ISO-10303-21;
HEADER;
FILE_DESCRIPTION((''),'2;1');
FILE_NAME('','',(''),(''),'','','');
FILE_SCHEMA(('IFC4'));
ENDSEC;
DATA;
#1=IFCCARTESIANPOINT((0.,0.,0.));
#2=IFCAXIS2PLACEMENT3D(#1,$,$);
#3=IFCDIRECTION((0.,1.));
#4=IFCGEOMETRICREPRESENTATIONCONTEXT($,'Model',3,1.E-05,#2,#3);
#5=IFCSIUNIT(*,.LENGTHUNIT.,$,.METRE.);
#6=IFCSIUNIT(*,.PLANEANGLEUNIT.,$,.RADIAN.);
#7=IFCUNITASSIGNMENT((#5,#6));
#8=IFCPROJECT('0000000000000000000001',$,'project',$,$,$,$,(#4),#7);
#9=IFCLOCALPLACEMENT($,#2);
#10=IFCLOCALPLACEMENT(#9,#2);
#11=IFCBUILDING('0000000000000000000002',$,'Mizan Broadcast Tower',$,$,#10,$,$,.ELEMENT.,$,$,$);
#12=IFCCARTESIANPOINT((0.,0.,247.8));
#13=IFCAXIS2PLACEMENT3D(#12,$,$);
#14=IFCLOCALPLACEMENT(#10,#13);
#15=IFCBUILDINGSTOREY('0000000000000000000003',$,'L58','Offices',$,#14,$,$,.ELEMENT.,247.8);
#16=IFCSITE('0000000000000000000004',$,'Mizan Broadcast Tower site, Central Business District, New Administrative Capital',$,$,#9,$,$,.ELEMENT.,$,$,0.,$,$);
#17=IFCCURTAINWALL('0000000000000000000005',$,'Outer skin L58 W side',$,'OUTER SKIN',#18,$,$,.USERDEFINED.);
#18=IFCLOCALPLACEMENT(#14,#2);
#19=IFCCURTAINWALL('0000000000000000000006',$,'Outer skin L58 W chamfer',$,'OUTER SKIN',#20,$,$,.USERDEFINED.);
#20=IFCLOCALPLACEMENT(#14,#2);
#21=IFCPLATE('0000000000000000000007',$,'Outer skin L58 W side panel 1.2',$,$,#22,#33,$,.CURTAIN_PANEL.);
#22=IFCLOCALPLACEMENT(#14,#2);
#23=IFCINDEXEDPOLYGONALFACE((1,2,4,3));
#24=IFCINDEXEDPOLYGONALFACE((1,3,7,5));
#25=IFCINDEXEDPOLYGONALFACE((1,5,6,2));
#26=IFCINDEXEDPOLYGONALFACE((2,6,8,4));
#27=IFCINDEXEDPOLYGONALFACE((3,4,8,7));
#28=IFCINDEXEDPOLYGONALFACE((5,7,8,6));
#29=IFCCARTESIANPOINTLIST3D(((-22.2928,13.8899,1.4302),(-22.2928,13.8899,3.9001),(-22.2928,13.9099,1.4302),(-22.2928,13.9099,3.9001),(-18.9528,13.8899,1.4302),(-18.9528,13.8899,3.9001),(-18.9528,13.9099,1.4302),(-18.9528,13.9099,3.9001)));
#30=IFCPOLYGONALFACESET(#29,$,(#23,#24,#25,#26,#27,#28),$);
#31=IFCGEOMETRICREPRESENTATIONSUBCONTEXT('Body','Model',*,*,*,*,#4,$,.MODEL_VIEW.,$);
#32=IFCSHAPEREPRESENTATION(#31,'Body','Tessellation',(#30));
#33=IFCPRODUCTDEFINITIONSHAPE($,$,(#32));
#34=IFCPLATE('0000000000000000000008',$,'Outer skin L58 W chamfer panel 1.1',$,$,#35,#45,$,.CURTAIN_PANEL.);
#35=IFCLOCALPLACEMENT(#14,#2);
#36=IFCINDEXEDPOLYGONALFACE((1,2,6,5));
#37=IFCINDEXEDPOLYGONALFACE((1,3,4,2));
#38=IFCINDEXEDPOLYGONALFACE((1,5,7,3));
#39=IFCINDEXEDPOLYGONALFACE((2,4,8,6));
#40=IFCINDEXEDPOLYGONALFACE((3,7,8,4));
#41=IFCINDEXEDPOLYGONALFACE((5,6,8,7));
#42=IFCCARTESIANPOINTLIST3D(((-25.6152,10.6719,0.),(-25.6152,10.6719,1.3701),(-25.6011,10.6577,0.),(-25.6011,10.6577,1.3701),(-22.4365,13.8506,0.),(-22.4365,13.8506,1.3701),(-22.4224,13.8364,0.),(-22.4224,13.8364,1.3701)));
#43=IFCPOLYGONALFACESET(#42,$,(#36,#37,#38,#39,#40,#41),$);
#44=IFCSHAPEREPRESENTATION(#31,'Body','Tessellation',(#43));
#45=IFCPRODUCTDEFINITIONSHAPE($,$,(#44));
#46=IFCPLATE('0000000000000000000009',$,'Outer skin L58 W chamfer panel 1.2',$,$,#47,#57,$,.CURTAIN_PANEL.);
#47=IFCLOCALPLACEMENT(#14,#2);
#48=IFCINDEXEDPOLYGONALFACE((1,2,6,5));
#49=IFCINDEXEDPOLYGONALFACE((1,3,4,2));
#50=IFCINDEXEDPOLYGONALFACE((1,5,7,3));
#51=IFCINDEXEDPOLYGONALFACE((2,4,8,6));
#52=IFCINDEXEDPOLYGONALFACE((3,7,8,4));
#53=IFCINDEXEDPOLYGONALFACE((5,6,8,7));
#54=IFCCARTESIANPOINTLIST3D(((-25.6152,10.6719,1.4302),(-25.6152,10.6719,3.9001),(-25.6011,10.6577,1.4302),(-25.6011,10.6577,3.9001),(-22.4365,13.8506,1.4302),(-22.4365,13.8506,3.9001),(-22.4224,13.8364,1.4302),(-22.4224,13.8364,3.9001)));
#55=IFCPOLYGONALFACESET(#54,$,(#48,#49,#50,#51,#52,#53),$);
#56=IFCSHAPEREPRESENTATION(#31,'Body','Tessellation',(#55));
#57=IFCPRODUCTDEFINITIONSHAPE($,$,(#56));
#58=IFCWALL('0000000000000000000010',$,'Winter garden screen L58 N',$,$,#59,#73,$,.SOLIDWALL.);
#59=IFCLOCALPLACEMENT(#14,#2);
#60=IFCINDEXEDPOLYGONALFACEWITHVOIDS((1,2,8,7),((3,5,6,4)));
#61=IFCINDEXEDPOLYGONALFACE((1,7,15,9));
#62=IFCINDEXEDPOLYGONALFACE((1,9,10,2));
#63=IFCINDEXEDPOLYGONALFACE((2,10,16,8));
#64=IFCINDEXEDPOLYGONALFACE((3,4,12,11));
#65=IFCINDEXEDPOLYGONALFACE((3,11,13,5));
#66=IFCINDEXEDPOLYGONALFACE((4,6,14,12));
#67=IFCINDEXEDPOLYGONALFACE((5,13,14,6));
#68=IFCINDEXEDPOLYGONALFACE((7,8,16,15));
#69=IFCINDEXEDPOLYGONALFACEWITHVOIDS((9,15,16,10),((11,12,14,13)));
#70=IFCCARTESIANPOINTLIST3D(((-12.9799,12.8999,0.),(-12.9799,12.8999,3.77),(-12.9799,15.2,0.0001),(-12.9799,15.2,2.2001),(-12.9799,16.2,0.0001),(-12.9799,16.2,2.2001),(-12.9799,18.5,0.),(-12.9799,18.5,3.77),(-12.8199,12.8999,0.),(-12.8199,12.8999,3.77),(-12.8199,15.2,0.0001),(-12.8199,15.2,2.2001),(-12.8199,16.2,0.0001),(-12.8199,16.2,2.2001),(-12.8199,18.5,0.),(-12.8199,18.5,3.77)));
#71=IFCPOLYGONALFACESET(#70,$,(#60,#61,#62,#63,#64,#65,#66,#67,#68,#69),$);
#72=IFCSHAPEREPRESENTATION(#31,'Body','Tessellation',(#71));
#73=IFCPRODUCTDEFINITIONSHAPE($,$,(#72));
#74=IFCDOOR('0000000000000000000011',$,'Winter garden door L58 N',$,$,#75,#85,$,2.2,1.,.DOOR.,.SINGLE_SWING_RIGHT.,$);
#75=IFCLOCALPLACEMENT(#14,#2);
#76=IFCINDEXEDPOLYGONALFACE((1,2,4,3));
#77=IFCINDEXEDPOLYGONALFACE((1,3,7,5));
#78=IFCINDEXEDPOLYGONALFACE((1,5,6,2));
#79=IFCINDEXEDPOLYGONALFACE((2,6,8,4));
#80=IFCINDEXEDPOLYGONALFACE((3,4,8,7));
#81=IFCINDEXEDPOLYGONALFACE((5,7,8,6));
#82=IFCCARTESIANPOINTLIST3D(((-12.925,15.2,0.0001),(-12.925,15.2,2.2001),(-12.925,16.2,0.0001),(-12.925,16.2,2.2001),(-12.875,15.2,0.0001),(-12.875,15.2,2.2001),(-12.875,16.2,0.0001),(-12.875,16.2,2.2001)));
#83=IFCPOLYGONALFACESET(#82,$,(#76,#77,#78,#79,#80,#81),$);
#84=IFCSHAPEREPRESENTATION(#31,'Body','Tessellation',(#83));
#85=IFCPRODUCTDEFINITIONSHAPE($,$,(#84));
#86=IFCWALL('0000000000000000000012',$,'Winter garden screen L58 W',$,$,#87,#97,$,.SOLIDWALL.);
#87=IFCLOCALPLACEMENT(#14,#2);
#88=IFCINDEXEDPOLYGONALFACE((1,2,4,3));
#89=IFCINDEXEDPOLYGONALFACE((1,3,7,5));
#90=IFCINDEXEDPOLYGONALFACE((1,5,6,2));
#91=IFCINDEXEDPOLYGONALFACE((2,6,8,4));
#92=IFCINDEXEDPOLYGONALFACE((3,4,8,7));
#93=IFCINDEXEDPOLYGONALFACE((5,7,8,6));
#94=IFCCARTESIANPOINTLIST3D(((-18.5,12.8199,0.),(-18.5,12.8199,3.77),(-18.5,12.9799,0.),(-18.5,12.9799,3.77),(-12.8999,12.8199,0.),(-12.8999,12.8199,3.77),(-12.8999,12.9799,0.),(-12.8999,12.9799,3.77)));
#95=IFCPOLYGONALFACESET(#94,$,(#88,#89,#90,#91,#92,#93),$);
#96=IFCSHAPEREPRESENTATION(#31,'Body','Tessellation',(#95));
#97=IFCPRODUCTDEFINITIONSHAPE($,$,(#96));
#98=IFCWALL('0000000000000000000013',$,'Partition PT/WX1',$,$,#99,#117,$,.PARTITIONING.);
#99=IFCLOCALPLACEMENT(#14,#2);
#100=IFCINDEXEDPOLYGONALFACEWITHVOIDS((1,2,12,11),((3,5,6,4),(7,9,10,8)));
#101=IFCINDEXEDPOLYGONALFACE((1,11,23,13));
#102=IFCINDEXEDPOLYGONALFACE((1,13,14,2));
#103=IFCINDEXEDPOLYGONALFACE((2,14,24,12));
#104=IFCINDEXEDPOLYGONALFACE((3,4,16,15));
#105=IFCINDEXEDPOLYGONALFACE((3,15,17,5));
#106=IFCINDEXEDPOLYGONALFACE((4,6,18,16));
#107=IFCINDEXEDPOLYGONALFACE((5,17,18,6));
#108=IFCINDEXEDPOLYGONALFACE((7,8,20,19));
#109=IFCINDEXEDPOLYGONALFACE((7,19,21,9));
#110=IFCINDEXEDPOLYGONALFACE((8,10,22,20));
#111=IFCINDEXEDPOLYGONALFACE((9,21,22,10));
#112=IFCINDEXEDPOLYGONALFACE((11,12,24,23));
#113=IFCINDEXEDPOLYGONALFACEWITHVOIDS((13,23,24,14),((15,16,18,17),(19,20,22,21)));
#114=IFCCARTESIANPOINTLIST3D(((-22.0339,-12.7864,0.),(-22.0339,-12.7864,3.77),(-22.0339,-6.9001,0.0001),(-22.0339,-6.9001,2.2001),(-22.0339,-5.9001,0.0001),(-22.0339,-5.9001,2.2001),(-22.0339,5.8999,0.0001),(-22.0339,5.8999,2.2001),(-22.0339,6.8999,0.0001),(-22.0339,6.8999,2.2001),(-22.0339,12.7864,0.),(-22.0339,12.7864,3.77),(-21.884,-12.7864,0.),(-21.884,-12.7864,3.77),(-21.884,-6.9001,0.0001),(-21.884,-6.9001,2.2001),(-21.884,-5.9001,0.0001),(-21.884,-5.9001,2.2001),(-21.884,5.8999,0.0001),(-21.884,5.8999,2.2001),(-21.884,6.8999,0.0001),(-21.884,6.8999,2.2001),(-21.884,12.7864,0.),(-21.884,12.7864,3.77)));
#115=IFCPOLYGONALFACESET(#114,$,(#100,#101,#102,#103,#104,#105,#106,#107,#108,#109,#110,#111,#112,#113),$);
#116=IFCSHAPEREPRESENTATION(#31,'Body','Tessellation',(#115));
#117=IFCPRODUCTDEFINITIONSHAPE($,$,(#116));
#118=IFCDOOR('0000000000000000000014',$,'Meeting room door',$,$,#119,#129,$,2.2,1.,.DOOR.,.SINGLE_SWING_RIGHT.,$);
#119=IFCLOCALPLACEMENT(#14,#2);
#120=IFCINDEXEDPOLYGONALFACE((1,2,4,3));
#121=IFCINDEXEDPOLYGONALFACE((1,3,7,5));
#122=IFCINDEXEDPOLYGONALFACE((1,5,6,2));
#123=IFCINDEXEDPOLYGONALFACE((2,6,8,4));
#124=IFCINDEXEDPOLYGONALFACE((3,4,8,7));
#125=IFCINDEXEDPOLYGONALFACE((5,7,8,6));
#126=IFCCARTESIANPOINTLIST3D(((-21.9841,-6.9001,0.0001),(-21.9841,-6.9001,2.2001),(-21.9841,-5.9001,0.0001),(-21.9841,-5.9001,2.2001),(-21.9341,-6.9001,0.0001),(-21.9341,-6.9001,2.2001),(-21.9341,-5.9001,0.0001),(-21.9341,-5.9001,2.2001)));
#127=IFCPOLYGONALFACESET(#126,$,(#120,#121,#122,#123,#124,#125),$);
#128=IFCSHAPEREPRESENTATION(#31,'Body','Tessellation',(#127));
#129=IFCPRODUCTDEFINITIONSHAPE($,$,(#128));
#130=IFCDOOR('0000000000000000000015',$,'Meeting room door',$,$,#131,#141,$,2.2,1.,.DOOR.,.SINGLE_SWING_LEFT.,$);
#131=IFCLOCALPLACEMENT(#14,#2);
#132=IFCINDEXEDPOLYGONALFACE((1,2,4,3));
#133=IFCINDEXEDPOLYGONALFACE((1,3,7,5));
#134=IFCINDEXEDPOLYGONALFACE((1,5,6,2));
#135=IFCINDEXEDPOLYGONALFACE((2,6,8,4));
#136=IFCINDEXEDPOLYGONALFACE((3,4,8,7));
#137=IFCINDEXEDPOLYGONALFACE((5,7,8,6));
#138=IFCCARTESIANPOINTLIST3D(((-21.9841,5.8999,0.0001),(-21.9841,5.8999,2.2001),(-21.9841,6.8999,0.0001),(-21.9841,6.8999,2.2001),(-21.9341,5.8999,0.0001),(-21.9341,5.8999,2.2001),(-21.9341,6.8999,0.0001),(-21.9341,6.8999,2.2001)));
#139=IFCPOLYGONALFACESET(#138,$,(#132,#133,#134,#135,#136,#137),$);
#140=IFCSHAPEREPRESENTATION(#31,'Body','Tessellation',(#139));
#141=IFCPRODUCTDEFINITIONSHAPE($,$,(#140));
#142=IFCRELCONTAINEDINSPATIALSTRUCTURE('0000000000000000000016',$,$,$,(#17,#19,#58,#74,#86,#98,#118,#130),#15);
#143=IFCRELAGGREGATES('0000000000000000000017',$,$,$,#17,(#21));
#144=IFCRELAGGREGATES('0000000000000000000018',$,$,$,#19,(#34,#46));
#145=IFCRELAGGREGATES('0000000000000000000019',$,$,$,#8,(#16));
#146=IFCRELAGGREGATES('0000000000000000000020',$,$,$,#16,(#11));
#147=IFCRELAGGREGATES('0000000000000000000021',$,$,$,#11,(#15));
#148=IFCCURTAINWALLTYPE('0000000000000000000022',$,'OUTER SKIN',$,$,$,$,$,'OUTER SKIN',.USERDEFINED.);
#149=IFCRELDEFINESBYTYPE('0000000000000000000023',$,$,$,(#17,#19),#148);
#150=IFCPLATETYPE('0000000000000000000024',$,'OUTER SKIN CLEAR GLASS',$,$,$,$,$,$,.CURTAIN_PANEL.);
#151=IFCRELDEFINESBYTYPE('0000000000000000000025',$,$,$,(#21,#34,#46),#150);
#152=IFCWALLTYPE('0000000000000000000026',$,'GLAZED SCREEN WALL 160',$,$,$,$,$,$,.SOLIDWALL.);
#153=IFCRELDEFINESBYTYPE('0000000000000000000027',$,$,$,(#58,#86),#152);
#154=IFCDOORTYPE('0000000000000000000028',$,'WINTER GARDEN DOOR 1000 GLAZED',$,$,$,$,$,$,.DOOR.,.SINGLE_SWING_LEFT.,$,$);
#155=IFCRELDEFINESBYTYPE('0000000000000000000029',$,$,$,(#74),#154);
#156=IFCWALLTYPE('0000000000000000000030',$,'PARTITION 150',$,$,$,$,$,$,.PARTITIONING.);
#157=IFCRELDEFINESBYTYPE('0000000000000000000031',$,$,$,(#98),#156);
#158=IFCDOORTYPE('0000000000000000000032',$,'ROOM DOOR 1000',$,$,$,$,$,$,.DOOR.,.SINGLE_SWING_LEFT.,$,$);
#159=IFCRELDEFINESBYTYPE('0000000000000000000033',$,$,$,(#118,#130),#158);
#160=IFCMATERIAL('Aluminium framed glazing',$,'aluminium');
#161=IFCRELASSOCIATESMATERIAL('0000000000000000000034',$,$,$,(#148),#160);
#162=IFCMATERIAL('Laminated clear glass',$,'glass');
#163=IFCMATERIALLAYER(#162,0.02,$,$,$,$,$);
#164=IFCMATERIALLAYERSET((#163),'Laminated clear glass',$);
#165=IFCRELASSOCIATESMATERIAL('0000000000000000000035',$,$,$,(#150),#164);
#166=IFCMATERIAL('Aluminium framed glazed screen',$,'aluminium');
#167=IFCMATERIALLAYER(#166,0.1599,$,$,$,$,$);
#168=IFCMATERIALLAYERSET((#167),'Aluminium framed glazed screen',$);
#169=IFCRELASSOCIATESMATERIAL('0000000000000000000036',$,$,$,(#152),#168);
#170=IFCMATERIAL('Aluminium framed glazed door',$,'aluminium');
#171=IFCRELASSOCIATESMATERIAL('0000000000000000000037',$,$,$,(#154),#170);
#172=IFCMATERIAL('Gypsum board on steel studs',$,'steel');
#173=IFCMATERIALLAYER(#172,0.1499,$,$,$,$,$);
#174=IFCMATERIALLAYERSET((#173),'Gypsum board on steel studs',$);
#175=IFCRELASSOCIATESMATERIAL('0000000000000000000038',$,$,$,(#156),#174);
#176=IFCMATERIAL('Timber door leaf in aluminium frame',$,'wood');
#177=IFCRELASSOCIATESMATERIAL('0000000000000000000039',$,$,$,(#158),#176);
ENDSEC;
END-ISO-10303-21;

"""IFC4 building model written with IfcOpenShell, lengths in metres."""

from ifc_helpers import new_model, si_unit, direction, frame, frame_2d, origin, origin_2d, place, context, subcontext, project, spatial, rectangle, extrude, material, layer, layer_set, type_object, element, fill, aggregate, save


model = new_model("IFC4")

# Units and contexts
model_context = context("Model", 3, precision=1e-05, world=origin(), true_north=direction((0.0, 1.0)))
body_context = subcontext(model_context, "Body", "Model", "MODEL_VIEW")
ifc_project = project(units=[si_unit("LENGTHUNIT", "METRE"), si_unit("PLANEANGLEUNIT", "RADIAN")], contexts=[model_context])

# Site, building, storey
site_placement = place(None, origin())
site = spatial("IfcSite", under=ifc_project, at=site_placement, Name="Mizan Broadcast Tower site, Central Business District, New Administrative Capital", CompositionType="ELEMENT", RefElevation=0.0)
building_placement = place(site_placement, origin())
building = spatial("IfcBuilding", under=site, at=building_placement, Name="Mizan Broadcast Tower", CompositionType="ELEMENT")
storey_placement = place(building_placement, frame((0.0, 0.0, 247.8)))
storey = spatial("IfcBuildingStorey", under=building, at=storey_placement, Name="L58", Description="Offices", CompositionType="ELEMENT", Elevation=247.8)

# Curtain wall
ifc_material_1 = material(Name="Aluminium framed glazing", Category="aluminium")
curtain_wall_type_1 = type_object("IfcCurtainWallType", Name="OUTER SKIN", ElementType="OUTER SKIN", PredefinedType="USERDEFINED", material=ifc_material_1)
curtain_wall_1_placement = place(storey_placement, origin())
curtain_wall_1 = element("IfcCurtainWall", 1, at=curtain_wall_1_placement, inside=storey, type_object=curtain_wall_type_1, Name="Outer skin L58 W side", ObjectType="OUTER SKIN", PredefinedType="USERDEFINED")

# Curtain wall
curtain_wall_2_placement = place(storey_placement, origin())
curtain_wall_2 = element("IfcCurtainWall", 2, at=curtain_wall_2_placement, inside=storey, type_object=curtain_wall_type_1, Name="Outer skin L58 W chamfer", ObjectType="OUTER SKIN", PredefinedType="USERDEFINED")

# Plates
ifc_material_2 = material(Name="Laminated clear glass", Category="glass")
ifc_layer_1 = layer(ifc_material_2, 0.02)
ifc_layer_set_1 = layer_set([ifc_layer_1], Name="Laminated clear glass")
plate_type_1 = type_object("IfcPlateType", Name="OUTER SKIN CLEAR GLASS", PredefinedType="CURTAIN_PANEL", material=ifc_layer_set_1)
plate_1_placement = place(storey_placement, frame((-20.6228, 13.8999, 1.4302), z_axis=(0.0, 0.0, 1.0), x_axis=(-1.0, 0.0, 0.0)))
plate_1 = element("IfcPlate", 3, at=plate_1_placement, type_object=plate_type_1, Name="Outer skin L58 W side panel 1.2", PredefinedType="CURTAIN_PANEL", context=body_context, shape_type="SweptSolid", body=[
    extrude(rectangle(XDim=3.3401, YDim=0.02, at=origin_2d()), origin(), (0.0, 0.0, 1.0), 2.47),
])
aggregate(curtain_wall_1, [plate_1])
plate_2_placement = place(storey_placement, frame((-24.0188, 12.2542, 0.0), z_axis=(0.0, 0.0, 1.0), x_axis=(-0.707107, -0.707107, 0.0)))
plate_2 = element("IfcPlate", 4, at=plate_2_placement, type_object=plate_type_1, Name="Outer skin L58 W chamfer panel 1.1", PredefinedType="CURTAIN_PANEL", context=body_context, shape_type="SweptSolid", body=[
    extrude(rectangle(XDim=4.4954, YDim=0.02, at=origin_2d()), origin(), (0.0, 0.0, 1.0), 1.3701),
])
plate_3_placement = place(storey_placement, frame((-24.0188, 12.2542, 1.4302), z_axis=(0.0, 0.0, 1.0), x_axis=(-0.707107, -0.707107, 0.0)))
plate_3 = element("IfcPlate", 5, at=plate_3_placement, type_object=plate_type_1, Name="Outer skin L58 W chamfer panel 1.2", PredefinedType="CURTAIN_PANEL", context=body_context, shape_type="SweptSolid", body=[
    extrude(rectangle(XDim=4.4954, YDim=0.02, at=origin_2d()), origin(), (0.0, 0.0, 1.0), 2.47),
])
aggregate(curtain_wall_2, [plate_2, plate_3])

# Wall, opening, door
ifc_material_3 = material(Name="Aluminium framed glazed screen", Category="aluminium")
ifc_layer_2 = layer(ifc_material_3, 0.1599)
ifc_layer_set_2 = layer_set([ifc_layer_2], Name="Aluminium framed glazed screen")
wall_type_1 = type_object("IfcWallType", Name="GLAZED SCREEN WALL 160", PredefinedType="SOLIDWALL", material=ifc_layer_set_2)
wall_1_placement = place(storey_placement, frame((-12.8999, 18.5, 0.0), z_axis=(0.0, 0.0, 1.0), x_axis=(0.0, -1.0, 0.0)))
wall_1 = element("IfcWall", 6, at=wall_1_placement, inside=storey, type_object=wall_type_1, Name="Winter garden screen L58 N", PredefinedType="SOLIDWALL", context=body_context, shape_type="SweptSolid", body=[
    extrude(rectangle(XDim=5.6001, YDim=0.1599, at=frame_2d((2.8, 0.0))), origin(), (0.0, 0.0, 1.0), 3.77),
])
opening_1_placement = place(wall_1_placement, frame((2.3, 0.0, 0.0)))
opening_1 = element("IfcOpeningElement", 7, at=opening_1_placement, cuts=wall_1, PredefinedType="OPENING", context=body_context, shape_type="SweptSolid", body=[
    extrude(rectangle(XDim=1.0, YDim=2.2, at=frame_2d((0.5, 1.1001))), frame((0.0, 0.0898, 0.0), z_axis=(0.0, -1.0, 0.0), x_axis=(1.0, 0.0, 0.0)), (0.0, 0.0, 1.0), 0.1799),
])
ifc_material_4 = material(Name="Aluminium framed glazed door", Category="aluminium")
door_type_1 = type_object("IfcDoorType", Name="WINTER GARDEN DOOR 1000 GLAZED", OperationType="SINGLE_SWING_LEFT", PredefinedType="DOOR", material=ifc_material_4)
door_1_placement = place(opening_1_placement, origin())
door_1 = element("IfcDoor", 8, at=door_1_placement, inside=storey, type_object=door_type_1, Name="Winter garden door L58 N", OperationType="SINGLE_SWING_RIGHT", OverallHeight=2.2, OverallWidth=1.0, PredefinedType="DOOR", context=body_context, shape_type="SweptSolid", body=[
    extrude(rectangle(XDim=1.0, YDim=2.2, at=frame_2d((0.5, 1.1001))), frame((0.0, 0.0249, 0.0), z_axis=(0.0, -1.0, 0.0), x_axis=(1.0, 0.0, 0.0)), (0.0, 0.0, 1.0), 0.05),
])
fill(opening_1, door_1)

# Wall
wall_2_placement = place(storey_placement, frame((-12.8999, 12.8999, 0.0), z_axis=(0.0, 0.0, 1.0), x_axis=(-1.0, 0.0, 0.0)))
element("IfcWall", 9, at=wall_2_placement, inside=storey, type_object=wall_type_1, Name="Winter garden screen L58 W", PredefinedType="SOLIDWALL", context=body_context, shape_type="SweptSolid", body=[
    extrude(rectangle(XDim=5.6001, YDim=0.1599, at=frame_2d((2.8, 0.0))), origin(), (0.0, 0.0, 1.0), 3.77),
])

# Wall, openings, doors
ifc_material_5 = material(Name="Gypsum board on steel studs", Category="steel")
ifc_layer_3 = layer(ifc_material_5, 0.1499)
ifc_layer_set_3 = layer_set([ifc_layer_3], Name="Gypsum board on steel studs")
wall_type_2 = type_object("IfcWallType", Name="PARTITION 150", PredefinedType="PARTITIONING", material=ifc_layer_set_3)
wall_3_placement = place(storey_placement, frame((-21.959, 12.7864, 0.0), z_axis=(0.0, 0.0, 1.0), x_axis=(0.0, -1.0, 0.0)))
wall_3 = element("IfcWall", 10, at=wall_3_placement, inside=storey, type_object=wall_type_2, Name="Partition PT/WX1", PredefinedType="PARTITIONING", context=body_context, shape_type="SweptSolid", body=[
    extrude(rectangle(XDim=25.5728, YDim=0.1499, at=frame_2d((12.7864, 0.0))), origin(), (0.0, 0.0, 1.0), 3.77),
])
opening_2_placement = place(wall_3_placement, frame((18.6865, 0.0, 0.0)))
opening_2 = element("IfcOpeningElement", 11, at=opening_2_placement, cuts=wall_3, PredefinedType="OPENING", context=body_context, shape_type="SweptSolid", body=[
    extrude(rectangle(XDim=1.0, YDim=2.2, at=frame_2d((0.5, 1.1001))), frame((0.0, 0.085, 0.0), z_axis=(0.0, -1.0, 0.0), x_axis=(1.0, 0.0, 0.0)), (0.0, 0.0, 1.0), 0.1699),
])
opening_3_placement = place(wall_3_placement, frame((5.8865, 0.0, 0.0)))
opening_3 = element("IfcOpeningElement", 12, at=opening_3_placement, cuts=wall_3, PredefinedType="OPENING", context=body_context, shape_type="SweptSolid", body=[
    extrude(rectangle(XDim=1.0, YDim=2.2, at=frame_2d((0.5, 1.1001))), frame((0.0, 0.085, 0.0), z_axis=(0.0, -1.0, 0.0), x_axis=(1.0, 0.0, 0.0)), (0.0, 0.0, 1.0), 0.1699),
])
ifc_material_6 = material(Name="Timber door leaf in aluminium frame", Category="wood")
door_type_2 = type_object("IfcDoorType", Name="ROOM DOOR 1000", OperationType="SINGLE_SWING_LEFT", PredefinedType="DOOR", material=ifc_material_6)
door_2_placement = place(opening_2_placement, origin())
door_2 = element("IfcDoor", 13, at=door_2_placement, inside=storey, type_object=door_type_2, Name="Meeting room door", OperationType="SINGLE_SWING_RIGHT", OverallHeight=2.2, OverallWidth=1.0, PredefinedType="DOOR", context=body_context, shape_type="SweptSolid", body=[
    extrude(rectangle(XDim=1.0, YDim=2.2, at=frame_2d((0.5, 1.1001))), frame((0.0, 0.0249, 0.0), z_axis=(0.0, -1.0, 0.0), x_axis=(1.0, 0.0, 0.0)), (0.0, 0.0, 1.0), 0.05),
])
fill(opening_2, door_2)
door_3_placement = place(opening_3_placement, origin())
door_3 = element("IfcDoor", 14, at=door_3_placement, inside=storey, type_object=door_type_2, Name="Meeting room door", OperationType="SINGLE_SWING_LEFT", OverallHeight=2.2, OverallWidth=1.0, PredefinedType="DOOR", context=body_context, shape_type="SweptSolid", body=[
    extrude(rectangle(XDim=1.0, YDim=2.2, at=frame_2d((0.5, 1.1001))), frame((0.0, 0.0249, 0.0), z_axis=(0.0, -1.0, 0.0), x_axis=(1.0, 0.0, 0.0)), (0.0, 0.0, 1.0), 0.05),
])
fill(opening_3, door_3)

save(model, "model.ifc")
